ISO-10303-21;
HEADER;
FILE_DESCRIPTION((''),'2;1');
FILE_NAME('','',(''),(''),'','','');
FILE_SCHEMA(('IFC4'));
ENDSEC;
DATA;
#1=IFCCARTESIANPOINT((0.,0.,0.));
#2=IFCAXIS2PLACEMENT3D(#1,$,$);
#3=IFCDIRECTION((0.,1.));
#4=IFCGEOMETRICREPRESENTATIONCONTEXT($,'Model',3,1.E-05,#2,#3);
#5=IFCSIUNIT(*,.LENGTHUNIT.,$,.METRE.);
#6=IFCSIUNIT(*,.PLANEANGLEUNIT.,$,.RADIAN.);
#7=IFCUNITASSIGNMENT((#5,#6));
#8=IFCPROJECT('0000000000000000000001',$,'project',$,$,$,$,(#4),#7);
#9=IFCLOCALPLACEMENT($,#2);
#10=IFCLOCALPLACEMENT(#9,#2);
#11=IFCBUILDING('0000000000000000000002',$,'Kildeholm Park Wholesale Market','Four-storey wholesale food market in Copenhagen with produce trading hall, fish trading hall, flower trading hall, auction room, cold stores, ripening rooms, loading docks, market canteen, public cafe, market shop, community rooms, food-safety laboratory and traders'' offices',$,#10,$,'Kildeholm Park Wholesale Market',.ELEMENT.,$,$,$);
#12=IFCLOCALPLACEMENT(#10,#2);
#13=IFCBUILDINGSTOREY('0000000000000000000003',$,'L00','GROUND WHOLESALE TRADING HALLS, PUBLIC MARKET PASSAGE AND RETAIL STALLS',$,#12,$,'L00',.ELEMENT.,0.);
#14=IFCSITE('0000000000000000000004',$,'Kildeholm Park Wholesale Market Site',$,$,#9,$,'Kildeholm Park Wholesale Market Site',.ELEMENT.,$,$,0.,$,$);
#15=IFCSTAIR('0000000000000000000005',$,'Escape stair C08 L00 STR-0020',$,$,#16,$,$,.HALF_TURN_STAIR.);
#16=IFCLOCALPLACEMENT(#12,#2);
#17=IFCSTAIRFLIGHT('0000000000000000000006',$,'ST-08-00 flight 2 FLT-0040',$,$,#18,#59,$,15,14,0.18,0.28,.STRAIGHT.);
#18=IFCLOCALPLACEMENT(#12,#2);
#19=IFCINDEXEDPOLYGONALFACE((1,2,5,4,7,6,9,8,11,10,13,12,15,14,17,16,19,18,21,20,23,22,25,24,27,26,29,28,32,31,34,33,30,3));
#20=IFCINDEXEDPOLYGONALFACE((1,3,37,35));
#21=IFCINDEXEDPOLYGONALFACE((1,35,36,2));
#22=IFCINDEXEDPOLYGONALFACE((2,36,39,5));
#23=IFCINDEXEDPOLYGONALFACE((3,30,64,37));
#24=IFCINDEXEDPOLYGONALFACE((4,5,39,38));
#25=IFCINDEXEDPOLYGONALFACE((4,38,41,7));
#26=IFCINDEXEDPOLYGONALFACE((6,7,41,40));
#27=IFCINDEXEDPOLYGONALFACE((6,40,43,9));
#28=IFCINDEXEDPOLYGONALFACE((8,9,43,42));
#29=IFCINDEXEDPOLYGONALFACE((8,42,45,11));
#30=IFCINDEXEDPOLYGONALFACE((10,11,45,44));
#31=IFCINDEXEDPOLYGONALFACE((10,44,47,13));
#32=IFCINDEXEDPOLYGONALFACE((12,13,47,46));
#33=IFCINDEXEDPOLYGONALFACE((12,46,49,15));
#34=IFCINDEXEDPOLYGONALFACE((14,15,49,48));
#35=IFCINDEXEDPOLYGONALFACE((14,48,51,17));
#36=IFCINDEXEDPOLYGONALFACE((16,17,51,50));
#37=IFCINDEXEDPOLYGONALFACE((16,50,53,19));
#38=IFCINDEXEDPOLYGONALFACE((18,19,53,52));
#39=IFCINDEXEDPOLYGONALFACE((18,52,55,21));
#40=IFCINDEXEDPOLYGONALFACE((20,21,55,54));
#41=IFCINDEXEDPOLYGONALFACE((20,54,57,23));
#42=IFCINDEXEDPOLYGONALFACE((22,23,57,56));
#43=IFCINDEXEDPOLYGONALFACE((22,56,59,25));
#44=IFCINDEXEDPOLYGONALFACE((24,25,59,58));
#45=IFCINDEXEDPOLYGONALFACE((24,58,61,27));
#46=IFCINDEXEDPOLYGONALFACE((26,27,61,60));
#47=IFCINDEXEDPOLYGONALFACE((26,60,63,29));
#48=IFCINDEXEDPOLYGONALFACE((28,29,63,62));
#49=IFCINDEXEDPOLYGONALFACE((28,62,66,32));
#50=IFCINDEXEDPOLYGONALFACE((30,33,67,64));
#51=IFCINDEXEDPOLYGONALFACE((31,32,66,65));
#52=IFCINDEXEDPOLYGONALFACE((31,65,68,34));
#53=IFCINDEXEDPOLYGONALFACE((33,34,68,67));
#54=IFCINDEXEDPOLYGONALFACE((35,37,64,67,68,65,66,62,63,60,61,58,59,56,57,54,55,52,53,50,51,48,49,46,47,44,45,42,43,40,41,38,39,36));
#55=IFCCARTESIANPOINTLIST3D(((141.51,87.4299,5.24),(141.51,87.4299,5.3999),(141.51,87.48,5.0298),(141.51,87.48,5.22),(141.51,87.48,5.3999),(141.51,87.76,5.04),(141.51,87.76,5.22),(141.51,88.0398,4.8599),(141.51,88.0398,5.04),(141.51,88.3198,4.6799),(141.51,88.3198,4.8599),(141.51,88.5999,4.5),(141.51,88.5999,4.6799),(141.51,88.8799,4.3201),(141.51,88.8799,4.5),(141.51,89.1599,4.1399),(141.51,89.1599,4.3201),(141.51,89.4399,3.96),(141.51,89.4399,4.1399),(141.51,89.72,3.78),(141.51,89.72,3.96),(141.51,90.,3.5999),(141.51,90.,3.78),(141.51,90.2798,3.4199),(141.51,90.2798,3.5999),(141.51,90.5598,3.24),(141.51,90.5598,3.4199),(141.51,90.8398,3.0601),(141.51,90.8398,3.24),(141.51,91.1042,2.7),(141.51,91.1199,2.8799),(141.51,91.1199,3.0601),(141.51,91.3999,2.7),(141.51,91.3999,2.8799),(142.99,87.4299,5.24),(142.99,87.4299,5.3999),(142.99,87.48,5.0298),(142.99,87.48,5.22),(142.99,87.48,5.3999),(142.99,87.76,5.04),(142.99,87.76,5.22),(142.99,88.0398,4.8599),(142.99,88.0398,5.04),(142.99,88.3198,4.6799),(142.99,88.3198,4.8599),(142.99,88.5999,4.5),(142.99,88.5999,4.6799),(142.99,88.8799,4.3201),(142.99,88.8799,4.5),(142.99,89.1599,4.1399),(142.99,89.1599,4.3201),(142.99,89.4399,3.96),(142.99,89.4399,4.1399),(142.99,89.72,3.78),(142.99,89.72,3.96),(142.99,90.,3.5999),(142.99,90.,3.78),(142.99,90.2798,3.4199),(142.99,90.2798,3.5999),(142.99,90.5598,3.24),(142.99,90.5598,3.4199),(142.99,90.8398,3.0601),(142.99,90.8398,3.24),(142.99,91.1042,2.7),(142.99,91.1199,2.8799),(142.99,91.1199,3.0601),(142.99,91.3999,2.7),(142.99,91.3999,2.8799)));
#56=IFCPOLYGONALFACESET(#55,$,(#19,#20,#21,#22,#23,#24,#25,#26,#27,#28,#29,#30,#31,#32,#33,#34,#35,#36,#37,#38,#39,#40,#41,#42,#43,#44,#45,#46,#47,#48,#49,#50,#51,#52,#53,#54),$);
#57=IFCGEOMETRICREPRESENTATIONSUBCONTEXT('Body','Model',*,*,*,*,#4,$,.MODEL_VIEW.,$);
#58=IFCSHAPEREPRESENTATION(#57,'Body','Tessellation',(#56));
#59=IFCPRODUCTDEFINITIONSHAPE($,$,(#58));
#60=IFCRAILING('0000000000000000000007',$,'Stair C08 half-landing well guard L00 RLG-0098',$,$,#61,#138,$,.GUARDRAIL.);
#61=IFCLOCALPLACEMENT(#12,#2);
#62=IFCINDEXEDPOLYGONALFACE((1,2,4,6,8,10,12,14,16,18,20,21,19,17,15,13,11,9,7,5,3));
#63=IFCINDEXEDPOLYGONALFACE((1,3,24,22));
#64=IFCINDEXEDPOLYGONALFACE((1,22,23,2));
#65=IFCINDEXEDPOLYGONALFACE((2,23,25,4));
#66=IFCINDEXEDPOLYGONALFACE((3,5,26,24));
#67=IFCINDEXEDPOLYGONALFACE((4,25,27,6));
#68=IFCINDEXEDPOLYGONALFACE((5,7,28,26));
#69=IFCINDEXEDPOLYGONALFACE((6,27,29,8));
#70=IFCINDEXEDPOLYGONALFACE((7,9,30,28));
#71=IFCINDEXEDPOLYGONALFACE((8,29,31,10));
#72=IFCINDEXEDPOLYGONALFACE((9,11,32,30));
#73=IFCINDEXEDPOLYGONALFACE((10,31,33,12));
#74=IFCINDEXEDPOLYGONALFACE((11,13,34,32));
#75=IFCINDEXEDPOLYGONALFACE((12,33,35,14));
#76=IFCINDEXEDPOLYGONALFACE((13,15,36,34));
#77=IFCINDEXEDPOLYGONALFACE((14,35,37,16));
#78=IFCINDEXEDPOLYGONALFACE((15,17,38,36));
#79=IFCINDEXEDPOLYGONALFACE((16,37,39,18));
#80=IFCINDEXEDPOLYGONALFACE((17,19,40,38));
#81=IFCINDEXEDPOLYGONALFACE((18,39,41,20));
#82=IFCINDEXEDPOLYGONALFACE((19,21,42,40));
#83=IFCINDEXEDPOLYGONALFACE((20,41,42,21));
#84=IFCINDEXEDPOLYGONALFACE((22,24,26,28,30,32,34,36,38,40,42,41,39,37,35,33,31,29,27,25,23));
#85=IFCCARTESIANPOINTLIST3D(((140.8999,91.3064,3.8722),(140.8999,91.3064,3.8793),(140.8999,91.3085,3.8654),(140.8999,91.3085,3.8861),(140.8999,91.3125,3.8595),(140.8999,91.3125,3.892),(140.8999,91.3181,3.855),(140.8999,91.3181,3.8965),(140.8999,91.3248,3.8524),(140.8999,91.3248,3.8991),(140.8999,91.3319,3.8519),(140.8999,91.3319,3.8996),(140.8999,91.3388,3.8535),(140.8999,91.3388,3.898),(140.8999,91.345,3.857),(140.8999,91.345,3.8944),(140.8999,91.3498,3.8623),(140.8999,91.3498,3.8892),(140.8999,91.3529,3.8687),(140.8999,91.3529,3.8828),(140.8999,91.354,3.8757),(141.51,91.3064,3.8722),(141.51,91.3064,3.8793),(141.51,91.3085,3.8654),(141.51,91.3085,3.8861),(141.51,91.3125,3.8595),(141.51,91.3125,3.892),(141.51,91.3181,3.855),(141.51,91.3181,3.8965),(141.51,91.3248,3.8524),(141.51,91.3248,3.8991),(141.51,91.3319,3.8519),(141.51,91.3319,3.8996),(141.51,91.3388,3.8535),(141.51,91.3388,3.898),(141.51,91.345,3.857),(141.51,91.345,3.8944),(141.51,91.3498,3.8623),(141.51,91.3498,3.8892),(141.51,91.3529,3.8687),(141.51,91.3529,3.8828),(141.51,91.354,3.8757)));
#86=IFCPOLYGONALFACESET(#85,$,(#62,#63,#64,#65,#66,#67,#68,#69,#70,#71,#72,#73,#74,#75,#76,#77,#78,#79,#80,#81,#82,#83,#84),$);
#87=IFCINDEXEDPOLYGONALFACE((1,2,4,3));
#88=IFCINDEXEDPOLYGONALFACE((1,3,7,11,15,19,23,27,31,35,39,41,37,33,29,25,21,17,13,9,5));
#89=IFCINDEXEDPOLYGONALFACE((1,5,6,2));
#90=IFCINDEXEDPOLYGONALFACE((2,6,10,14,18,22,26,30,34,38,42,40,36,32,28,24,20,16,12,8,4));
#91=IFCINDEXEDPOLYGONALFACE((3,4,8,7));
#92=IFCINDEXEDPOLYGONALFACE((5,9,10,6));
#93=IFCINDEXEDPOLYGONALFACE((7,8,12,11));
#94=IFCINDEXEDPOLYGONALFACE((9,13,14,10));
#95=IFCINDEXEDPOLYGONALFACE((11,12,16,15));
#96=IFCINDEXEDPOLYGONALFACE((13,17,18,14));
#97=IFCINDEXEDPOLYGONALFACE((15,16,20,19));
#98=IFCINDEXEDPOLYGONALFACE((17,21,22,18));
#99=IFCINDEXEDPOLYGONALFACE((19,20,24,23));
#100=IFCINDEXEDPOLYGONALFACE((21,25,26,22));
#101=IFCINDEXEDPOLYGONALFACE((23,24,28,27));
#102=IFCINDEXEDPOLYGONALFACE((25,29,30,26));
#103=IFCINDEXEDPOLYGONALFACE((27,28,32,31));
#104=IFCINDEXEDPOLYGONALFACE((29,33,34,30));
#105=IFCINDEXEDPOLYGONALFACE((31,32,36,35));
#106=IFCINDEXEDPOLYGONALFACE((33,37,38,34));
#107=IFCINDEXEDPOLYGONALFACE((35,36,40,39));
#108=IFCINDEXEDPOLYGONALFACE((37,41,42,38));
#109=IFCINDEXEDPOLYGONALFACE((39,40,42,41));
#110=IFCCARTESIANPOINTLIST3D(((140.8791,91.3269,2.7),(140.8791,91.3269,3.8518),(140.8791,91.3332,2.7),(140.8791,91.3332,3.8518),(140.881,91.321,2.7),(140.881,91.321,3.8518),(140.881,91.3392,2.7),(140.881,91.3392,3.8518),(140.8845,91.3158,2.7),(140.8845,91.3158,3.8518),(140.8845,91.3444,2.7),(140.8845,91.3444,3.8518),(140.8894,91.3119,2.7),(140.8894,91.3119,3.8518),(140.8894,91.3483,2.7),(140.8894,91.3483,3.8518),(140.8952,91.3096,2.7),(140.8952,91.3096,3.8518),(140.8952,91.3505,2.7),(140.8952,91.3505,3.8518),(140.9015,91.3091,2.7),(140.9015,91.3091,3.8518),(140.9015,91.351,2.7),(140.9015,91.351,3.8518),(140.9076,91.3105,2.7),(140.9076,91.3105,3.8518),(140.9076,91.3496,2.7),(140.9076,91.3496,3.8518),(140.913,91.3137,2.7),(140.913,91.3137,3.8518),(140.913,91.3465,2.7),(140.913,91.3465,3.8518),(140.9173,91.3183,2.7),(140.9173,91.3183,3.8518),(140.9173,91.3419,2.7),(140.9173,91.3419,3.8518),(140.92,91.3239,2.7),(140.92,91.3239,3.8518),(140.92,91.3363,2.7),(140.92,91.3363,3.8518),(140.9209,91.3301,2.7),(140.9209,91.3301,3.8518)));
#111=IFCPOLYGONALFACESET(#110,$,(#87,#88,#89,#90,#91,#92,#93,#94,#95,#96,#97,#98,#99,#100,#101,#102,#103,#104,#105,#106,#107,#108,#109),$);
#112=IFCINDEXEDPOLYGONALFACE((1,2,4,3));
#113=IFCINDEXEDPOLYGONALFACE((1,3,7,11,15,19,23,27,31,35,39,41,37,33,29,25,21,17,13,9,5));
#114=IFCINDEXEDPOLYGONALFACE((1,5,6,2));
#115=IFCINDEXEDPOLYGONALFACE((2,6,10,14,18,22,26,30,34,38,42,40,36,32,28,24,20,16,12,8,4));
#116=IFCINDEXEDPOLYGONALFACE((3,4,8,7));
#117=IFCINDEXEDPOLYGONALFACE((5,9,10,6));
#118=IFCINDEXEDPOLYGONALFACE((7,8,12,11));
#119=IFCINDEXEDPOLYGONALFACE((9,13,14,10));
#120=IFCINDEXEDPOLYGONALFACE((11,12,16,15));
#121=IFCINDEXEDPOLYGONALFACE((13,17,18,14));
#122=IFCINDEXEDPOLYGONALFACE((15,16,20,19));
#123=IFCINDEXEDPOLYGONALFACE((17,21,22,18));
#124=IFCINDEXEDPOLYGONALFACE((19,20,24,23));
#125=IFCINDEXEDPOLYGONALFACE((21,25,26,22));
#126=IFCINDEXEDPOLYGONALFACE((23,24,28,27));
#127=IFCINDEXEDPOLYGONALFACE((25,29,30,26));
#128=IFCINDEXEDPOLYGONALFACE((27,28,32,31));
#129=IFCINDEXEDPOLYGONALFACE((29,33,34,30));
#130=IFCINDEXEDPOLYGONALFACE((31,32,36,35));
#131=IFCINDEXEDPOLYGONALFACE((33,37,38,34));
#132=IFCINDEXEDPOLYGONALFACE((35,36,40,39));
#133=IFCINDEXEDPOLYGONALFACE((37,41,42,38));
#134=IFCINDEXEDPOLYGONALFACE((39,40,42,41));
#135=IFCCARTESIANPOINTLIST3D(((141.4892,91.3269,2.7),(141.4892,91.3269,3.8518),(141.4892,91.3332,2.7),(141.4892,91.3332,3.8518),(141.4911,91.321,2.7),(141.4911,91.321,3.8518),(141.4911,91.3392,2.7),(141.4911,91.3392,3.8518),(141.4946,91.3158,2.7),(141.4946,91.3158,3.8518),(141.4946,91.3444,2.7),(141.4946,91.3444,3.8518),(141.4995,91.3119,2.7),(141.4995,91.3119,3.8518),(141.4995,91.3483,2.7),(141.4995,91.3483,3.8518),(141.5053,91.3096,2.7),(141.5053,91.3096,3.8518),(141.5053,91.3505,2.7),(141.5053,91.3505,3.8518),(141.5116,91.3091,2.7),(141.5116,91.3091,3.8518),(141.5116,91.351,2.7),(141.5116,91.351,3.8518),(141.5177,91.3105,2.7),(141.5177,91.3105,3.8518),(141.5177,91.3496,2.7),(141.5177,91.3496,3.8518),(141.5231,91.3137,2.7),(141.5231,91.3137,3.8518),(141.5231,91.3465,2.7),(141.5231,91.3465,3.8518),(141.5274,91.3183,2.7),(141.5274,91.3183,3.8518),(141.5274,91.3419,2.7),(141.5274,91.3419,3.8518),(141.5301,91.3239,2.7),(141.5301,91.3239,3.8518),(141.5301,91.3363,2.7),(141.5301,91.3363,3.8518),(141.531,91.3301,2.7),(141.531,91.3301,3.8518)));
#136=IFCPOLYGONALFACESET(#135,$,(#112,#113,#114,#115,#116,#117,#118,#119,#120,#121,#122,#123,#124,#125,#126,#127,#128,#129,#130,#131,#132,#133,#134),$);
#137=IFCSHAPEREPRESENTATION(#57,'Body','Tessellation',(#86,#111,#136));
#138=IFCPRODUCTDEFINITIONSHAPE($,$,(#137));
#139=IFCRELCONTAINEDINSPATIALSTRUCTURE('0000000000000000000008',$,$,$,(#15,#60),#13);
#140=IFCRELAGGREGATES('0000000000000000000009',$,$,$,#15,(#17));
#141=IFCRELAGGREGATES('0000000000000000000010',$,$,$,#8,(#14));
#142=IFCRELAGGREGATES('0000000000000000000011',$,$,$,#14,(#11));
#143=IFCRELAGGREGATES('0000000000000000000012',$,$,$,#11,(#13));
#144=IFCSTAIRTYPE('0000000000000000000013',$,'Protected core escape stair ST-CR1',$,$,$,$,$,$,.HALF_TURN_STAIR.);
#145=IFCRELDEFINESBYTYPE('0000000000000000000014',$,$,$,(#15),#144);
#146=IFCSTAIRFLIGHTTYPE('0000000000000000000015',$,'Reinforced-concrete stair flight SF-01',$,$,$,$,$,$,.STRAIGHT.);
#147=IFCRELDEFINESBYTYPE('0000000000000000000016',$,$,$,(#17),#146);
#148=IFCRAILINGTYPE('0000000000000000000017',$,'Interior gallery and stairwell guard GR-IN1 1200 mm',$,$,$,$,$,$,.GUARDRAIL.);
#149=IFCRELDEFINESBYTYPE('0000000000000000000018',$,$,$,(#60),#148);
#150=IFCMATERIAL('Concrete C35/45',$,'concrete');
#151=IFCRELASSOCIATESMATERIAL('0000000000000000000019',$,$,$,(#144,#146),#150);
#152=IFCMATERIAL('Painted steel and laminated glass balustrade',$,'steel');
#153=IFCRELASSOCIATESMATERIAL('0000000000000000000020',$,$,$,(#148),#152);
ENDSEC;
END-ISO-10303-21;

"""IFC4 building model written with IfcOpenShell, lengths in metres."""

from ifc_helpers import new_model, si_unit, direction, frame, origin, origin_2d, place, context, subcontext, project, spatial, polyline, circle, outline, extrude, material, type_object, element, aggregate, save


model = new_model("IFC4")

# Units and contexts
model_context = context("Model", 3, precision=1e-05, world=origin(), true_north=direction((0.0, 1.0)))
body_context = subcontext(model_context, "Body", "Model", "MODEL_VIEW")
ifc_project = project(units=[si_unit("LENGTHUNIT", "METRE"), si_unit("PLANEANGLEUNIT", "RADIAN")], contexts=[model_context])

# Site, building, storey
site_placement = place(None, origin())
site = spatial("IfcSite", under=ifc_project, at=site_placement, Name="Kildeholm Park Wholesale Market Site", LongName="Kildeholm Park Wholesale Market Site", CompositionType="ELEMENT", RefElevation=0.0)
building_placement = place(site_placement, origin())
building = spatial("IfcBuilding", under=site, at=building_placement, Name="Kildeholm Park Wholesale Market", Description="Four-storey wholesale food market in Copenhagen with produce trading hall, fish trading hall, flower trading hall, auction room, cold stores, ripening rooms, loading docks, market canteen, public cafe, market shop, community rooms, food-safety laboratory and traders' offices", LongName="Kildeholm Park Wholesale Market", CompositionType="ELEMENT")
storey_placement = place(building_placement, origin())
storey = spatial("IfcBuildingStorey", under=building, at=storey_placement, Name="L00", Description="GROUND WHOLESALE TRADING HALLS, PUBLIC MARKET PASSAGE AND RETAIL STALLS", LongName="L00", CompositionType="ELEMENT", Elevation=0.0)

# Shared definitions
ifc_material_1 = material(Name="Concrete C35/45", Category="concrete")

# Stair, stair flight
stair_type = type_object("IfcStairType", Name="Protected core escape stair ST-CR1", PredefinedType="HALF_TURN_STAIR", material=ifc_material_1)
stair_placement = place(storey_placement, origin())
stair = element("IfcStair", 1, at=stair_placement, inside=storey, type_object=stair_type, Name="Escape stair C08 L00 STR-0020", PredefinedType="HALF_TURN_STAIR")
stair_flight_type = type_object("IfcStairFlightType", Name="Reinforced-concrete stair flight SF-01", PredefinedType="STRAIGHT", material=ifc_material_1)
stair_flight_placement = place(storey_placement, frame((142.25, 91.3999, 2.7), z_axis=(0.0, 0.0, 1.0), x_axis=(0.0, -1.0, 0.0)))
stair_flight = element("IfcStairFlight", 2, at=stair_flight_placement, type_object=stair_flight_type, Name="ST-08-00 flight 2 FLT-0040", NumberOfRisers=15, NumberOfTreads=14, PredefinedType="STRAIGHT", RiserHeight=0.18, TreadLength=0.28, context=body_context, shape_type="SweptSolid", body=[
    extrude(outline(polyline([(0.0, 0.0), (0.0, 0.1799), (0.28, 0.1799), (0.28, 0.3601), (0.5601, 0.3601), (0.5601, 0.54), (0.8401, 0.54), (0.8401, 0.72), (1.1201, 0.72), (1.1201, 0.8999), (1.3999, 0.8999), (1.3999, 1.0801), (1.6799, 1.0801), (1.6799, 1.26), (1.96, 1.26), (1.96, 1.4399), (2.24, 1.4399), (2.24, 1.6201), (2.52, 1.6201), (2.52, 1.8), (2.8, 1.8), (2.8, 1.98), (3.0801, 1.98), (3.0801, 2.1599), (3.3601, 2.1599), (3.3601, 2.3401), (3.6399, 2.3401), (3.6399, 2.52), (3.9199, 2.52), (3.9199, 2.7), (3.97, 2.7), (3.97, 2.54), (3.9199, 2.3298), (0.2957, 0.0), (0.0, 0.0)])), frame((0.0, 0.74, 0.0), z_axis=(0.0, -1.0, 0.0), x_axis=(1.0, 0.0, 0.0)), (0.0, 0.0, 1.0), 1.48),
])
aggregate(stair, [stair_flight])

# Railing
ifc_material_2 = material(Name="Painted steel and laminated glass balustrade", Category="steel")
railing_type_1 = type_object("IfcRailingType", Name="Interior gallery and stairwell guard GR-IN1 1200 mm", PredefinedType="GUARDRAIL", material=ifc_material_2)
railing_1_placement = place(storey_placement, frame((140.8999, 91.3301, 2.7)))
element("IfcRailing", 3, at=railing_1_placement, inside=storey, type_object=railing_type_1, Name="Stair C08 half-landing well guard L00 RLG-0098", PredefinedType="GUARDRAIL", context=body_context, shape_type="SweptSolid", body=[
    extrude(circle(Radius=0.0239, at=origin_2d()), frame((0.0, 0.0, 1.1758), z_axis=(1.0, 0.0, 0.0), x_axis=(0.0, 1.0, 0.0)), (0.0, 0.0, 1.0), 0.6101),
    extrude(circle(Radius=0.021, at=origin_2d()), origin(), (0.0, 0.0, 1.0), 1.1519),
    extrude(circle(Radius=0.021, at=origin_2d()), frame((0.6101, 0.0, 0.0)), (0.0, 0.0, 1.0), 1.1519),
])

save(model, "model.ifc")
